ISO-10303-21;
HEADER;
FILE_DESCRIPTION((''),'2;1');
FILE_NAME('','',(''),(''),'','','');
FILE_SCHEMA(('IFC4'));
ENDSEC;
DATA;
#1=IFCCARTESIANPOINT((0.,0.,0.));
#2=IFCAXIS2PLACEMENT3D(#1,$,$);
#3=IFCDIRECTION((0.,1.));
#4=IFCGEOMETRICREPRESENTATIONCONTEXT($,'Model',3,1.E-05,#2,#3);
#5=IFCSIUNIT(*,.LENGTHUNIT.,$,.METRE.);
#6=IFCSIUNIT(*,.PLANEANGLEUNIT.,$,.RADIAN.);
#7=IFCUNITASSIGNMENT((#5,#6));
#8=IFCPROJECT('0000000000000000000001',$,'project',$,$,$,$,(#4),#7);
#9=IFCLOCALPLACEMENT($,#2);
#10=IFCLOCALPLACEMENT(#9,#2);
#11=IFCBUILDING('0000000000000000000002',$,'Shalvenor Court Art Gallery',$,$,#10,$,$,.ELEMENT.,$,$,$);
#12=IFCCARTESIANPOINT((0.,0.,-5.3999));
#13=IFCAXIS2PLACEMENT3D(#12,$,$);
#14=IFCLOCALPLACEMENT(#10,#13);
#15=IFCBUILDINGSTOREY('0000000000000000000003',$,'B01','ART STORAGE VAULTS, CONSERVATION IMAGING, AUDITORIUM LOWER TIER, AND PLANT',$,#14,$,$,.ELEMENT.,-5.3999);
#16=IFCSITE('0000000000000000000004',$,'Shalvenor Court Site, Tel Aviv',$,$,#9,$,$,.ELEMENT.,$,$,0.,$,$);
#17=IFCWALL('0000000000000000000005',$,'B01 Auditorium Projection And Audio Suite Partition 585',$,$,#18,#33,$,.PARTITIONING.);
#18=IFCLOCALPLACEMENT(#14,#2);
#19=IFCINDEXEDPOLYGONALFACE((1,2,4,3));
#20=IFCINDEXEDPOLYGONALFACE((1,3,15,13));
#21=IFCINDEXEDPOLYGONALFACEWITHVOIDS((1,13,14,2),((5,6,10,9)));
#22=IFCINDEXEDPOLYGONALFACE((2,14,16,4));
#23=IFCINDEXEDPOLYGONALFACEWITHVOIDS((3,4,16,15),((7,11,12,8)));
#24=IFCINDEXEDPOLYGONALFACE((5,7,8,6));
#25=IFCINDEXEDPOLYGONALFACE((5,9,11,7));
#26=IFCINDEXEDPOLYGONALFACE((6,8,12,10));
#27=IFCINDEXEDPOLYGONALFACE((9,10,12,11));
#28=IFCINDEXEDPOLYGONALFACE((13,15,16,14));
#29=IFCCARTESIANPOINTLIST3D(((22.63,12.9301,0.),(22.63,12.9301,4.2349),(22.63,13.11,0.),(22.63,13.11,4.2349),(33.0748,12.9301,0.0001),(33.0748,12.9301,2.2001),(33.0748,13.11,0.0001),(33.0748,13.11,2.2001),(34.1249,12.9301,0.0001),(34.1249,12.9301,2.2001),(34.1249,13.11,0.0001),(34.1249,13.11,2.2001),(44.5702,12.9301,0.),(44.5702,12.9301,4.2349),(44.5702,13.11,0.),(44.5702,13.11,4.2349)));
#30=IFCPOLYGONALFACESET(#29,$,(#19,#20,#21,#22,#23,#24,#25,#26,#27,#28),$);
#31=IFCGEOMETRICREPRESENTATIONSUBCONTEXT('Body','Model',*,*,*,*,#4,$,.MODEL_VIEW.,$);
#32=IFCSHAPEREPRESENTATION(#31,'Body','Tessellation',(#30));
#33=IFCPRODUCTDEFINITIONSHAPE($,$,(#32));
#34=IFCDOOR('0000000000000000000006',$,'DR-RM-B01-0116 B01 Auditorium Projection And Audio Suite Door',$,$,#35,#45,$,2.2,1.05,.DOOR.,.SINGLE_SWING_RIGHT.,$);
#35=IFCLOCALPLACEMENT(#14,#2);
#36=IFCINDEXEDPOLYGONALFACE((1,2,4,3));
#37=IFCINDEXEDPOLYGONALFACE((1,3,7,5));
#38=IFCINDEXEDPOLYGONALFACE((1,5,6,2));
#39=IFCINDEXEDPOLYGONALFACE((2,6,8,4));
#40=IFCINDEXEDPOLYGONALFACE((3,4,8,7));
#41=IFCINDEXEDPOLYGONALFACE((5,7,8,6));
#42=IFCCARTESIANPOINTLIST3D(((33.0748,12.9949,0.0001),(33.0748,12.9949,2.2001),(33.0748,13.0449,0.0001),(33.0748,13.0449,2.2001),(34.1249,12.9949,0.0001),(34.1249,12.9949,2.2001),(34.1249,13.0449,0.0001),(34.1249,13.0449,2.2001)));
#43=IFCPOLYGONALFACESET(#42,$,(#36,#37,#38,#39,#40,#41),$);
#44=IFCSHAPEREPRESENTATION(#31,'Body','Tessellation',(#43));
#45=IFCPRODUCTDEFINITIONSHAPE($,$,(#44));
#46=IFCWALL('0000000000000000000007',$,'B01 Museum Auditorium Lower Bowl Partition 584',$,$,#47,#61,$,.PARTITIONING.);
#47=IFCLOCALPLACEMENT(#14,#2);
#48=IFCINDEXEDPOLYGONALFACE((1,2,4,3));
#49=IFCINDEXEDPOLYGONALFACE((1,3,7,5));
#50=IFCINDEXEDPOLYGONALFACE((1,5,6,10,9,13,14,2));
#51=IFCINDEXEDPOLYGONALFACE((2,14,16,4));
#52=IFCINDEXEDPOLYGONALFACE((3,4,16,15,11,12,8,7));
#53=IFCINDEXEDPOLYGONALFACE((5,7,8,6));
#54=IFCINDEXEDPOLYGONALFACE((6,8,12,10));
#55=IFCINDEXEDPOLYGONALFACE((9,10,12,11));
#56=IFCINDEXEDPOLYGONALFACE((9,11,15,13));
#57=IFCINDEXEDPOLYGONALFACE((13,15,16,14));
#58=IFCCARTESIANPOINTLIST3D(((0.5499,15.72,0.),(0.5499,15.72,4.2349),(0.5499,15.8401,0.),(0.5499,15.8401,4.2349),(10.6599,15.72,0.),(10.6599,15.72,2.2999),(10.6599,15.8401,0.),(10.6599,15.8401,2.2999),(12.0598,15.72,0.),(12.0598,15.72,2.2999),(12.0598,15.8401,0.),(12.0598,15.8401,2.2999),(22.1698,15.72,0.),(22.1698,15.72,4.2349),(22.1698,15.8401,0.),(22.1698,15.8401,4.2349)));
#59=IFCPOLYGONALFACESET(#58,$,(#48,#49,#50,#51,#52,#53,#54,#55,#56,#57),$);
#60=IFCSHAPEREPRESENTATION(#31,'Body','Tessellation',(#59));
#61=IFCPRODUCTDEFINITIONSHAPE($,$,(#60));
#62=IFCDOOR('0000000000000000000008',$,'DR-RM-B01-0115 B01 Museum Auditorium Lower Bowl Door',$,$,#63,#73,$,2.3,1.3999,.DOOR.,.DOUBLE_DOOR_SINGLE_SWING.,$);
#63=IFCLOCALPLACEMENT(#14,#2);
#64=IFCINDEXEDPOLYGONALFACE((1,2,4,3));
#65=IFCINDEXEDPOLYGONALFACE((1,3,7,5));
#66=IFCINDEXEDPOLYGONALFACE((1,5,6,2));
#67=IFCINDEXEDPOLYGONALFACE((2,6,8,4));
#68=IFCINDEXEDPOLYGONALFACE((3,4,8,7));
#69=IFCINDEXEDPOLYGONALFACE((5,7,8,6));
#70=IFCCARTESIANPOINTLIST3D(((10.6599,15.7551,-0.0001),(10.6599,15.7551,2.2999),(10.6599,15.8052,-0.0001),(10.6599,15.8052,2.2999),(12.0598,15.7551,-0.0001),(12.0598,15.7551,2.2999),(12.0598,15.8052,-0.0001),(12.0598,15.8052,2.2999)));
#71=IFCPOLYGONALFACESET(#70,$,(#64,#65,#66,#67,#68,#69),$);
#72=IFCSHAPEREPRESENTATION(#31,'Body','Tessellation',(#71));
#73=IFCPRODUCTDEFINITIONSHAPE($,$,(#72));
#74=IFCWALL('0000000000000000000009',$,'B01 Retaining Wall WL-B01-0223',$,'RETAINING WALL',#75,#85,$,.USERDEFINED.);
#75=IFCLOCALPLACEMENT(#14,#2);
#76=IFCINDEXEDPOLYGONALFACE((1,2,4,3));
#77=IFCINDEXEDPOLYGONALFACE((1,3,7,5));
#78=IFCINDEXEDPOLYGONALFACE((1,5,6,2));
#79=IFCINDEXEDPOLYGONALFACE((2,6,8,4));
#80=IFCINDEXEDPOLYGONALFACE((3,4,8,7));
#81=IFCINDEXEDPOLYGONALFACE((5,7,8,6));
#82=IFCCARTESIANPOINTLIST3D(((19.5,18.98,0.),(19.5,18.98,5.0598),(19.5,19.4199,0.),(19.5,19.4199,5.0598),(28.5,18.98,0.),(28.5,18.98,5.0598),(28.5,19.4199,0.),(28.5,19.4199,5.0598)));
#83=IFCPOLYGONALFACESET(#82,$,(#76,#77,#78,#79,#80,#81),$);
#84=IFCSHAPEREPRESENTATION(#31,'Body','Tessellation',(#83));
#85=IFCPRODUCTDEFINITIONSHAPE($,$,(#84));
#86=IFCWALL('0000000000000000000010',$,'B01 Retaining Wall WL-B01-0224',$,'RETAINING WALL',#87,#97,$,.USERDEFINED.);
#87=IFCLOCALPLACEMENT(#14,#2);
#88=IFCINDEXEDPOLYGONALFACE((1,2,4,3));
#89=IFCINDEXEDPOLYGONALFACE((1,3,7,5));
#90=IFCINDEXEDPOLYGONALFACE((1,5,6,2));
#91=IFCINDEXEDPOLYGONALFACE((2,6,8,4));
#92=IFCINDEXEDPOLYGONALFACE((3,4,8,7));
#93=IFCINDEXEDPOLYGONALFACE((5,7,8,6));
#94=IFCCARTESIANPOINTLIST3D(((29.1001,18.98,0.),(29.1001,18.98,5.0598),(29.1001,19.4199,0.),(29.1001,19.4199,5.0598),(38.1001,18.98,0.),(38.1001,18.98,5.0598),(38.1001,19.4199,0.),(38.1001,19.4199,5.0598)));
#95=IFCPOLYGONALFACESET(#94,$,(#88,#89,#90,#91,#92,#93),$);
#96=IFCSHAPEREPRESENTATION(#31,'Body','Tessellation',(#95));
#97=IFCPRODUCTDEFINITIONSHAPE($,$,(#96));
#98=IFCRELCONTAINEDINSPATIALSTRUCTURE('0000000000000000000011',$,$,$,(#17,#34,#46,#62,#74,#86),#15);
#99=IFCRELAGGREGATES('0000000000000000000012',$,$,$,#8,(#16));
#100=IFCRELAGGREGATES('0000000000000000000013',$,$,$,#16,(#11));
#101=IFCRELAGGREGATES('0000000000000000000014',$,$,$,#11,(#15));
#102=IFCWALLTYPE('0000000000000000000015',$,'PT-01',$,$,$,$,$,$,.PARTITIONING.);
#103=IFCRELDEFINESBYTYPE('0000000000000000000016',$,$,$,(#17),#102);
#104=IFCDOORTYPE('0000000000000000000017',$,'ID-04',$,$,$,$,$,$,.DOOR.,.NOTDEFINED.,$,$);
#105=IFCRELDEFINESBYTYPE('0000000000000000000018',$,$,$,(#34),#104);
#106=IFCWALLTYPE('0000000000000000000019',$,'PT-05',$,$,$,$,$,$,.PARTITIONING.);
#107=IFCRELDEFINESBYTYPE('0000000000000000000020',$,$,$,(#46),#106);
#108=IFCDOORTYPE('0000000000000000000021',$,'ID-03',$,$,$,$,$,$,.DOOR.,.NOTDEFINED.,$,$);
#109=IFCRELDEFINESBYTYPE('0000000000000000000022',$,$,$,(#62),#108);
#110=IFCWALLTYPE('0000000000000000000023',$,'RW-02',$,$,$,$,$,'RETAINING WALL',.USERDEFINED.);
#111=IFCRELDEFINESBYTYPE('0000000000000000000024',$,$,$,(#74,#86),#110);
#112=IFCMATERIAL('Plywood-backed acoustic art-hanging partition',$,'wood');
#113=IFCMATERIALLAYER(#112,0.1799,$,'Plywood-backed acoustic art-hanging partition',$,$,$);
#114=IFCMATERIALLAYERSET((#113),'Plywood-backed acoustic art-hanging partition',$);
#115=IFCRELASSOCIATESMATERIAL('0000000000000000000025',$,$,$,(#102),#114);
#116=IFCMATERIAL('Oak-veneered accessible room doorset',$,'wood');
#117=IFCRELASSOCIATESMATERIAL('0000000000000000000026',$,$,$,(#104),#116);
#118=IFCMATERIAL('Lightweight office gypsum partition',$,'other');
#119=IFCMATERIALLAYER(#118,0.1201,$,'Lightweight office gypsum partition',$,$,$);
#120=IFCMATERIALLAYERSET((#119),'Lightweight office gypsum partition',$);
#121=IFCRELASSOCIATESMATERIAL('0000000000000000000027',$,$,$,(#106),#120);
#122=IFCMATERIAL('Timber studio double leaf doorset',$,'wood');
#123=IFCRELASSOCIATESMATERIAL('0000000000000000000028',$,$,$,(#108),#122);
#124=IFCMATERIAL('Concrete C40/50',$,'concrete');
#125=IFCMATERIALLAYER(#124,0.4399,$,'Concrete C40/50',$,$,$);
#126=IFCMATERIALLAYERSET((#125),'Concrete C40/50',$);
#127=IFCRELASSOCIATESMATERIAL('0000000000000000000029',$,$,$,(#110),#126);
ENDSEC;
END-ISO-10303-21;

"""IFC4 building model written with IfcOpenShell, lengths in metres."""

from ifc_helpers import new_model, si_unit, direction, frame, frame_2d, origin, place, context, subcontext, project, spatial, rectangle, extrude, material, layer, layer_set, type_object, element, fill, save


model = new_model("IFC4")

# Units and contexts
model_context = context("Model", 3, precision=1e-05, world=origin(), true_north=direction((0.0, 1.0)))
body_context = subcontext(model_context, "Body", "Model", "MODEL_VIEW")
ifc_project = project(units=[si_unit("LENGTHUNIT", "METRE"), si_unit("PLANEANGLEUNIT", "RADIAN")], contexts=[model_context])

# Site, building, storey
site_placement = place(None, origin())
site = spatial("IfcSite", under=ifc_project, at=site_placement, Name="Shalvenor Court Site, Tel Aviv", CompositionType="ELEMENT", RefElevation=0.0)
building_placement = place(site_placement, origin())
building = spatial("IfcBuilding", under=site, at=building_placement, Name="Shalvenor Court Art Gallery", CompositionType="ELEMENT")
storey_placement = place(building_placement, frame((0.0, 0.0, -5.3999)))
storey = spatial("IfcBuildingStorey", under=building, at=storey_placement, Name="B01", Description="ART STORAGE VAULTS, CONSERVATION IMAGING, AUDITORIUM LOWER TIER, AND PLANT", CompositionType="ELEMENT", Elevation=-5.3999)

# Walls, openings, doors
ifc_material_1 = material(Name="Plywood-backed acoustic art-hanging partition", Category="wood")
ifc_layer_1 = layer(ifc_material_1, 0.1799, Name="Plywood-backed acoustic art-hanging partition")
ifc_layer_set_1 = layer_set([ifc_layer_1], Name="Plywood-backed acoustic art-hanging partition")
wall_type_1 = type_object("IfcWallType", Name="PT-01", PredefinedType="PARTITIONING", material=ifc_layer_set_1)
wall_1_placement = place(storey_placement, frame((22.6299, 13.02, 0.0), z_axis=(0.0, 0.0, 1.0), x_axis=(1.0, 0.0, 0.0)))
wall_1 = element("IfcWall", 1, at=wall_1_placement, inside=storey, type_object=wall_type_1, Name="B01 Auditorium Projection And Audio Suite Partition 585", PredefinedType="PARTITIONING", context=body_context, shape_type="SweptSolid", body=[
    extrude(rectangle(XDim=21.9402, YDim=0.1799, at=frame_2d((10.9702, 0.0))), origin(), (0.0, 0.0, 1.0), 4.2349),
])
opening_1_placement = place(wall_1_placement, frame((10.4451, 0.0, 0.0)))
opening_1 = element("IfcOpeningElement", 2, at=opening_1_placement, cuts=wall_1, PredefinedType="OPENING", context=body_context, shape_type="SweptSolid", body=[
    extrude(rectangle(XDim=1.05, YDim=2.2, at=frame_2d((0.5249, 1.1001))), frame((0.0, 0.0999, 0.0), z_axis=(0.0, -1.0, 0.0), x_axis=(1.0, 0.0, 0.0)), (0.0, 0.0, 1.0), 0.2),
])
ifc_material_2 = material(Name="Oak-veneered accessible room doorset", Category="wood")
door_type_1 = type_object("IfcDoorType", Name="ID-04", OperationType="NOTDEFINED", PredefinedType="DOOR", material=ifc_material_2)
door_1_placement = place(opening_1_placement, origin())
door_1 = element("IfcDoor", 3, at=door_1_placement, inside=storey, type_object=door_type_1, Name="DR-RM-B01-0116 B01 Auditorium Projection And Audio Suite Door", OperationType="SINGLE_SWING_RIGHT", OverallHeight=2.2, OverallWidth=1.05, PredefinedType="DOOR", context=body_context, shape_type="SweptSolid", body=[
    extrude(rectangle(XDim=1.05, YDim=2.2, at=frame_2d((0.5249, 1.1001))), frame((0.0, 0.0249, 0.0), z_axis=(0.0, -1.0, 0.0), x_axis=(1.0, 0.0, 0.0)), (0.0, 0.0, 1.0), 0.05),
])
fill(opening_1, door_1)
ifc_material_3 = material(Name="Lightweight office gypsum partition", Category="other")
ifc_layer_2 = layer(ifc_material_3, 0.1201, Name="Lightweight office gypsum partition")
ifc_layer_set_2 = layer_set([ifc_layer_2], Name="Lightweight office gypsum partition")
wall_type_2 = type_object("IfcWallType", Name="PT-05", PredefinedType="PARTITIONING", material=ifc_layer_set_2)
wall_2_placement = place(storey_placement, frame((22.1699, 15.78, 0.0), z_axis=(0.0, 0.0, 1.0), x_axis=(-1.0, 0.0, 0.0)))
wall_2 = element("IfcWall", 4, at=wall_2_placement, inside=storey, type_object=wall_type_2, Name="B01 Museum Auditorium Lower Bowl Partition 584", PredefinedType="PARTITIONING", context=body_context, shape_type="SweptSolid", body=[
    extrude(rectangle(XDim=21.6199, YDim=0.1201, at=frame_2d((10.8101, 0.0))), origin(), (0.0, 0.0, 1.0), 4.2349),
])
opening_2_placement = place(wall_2_placement, frame((10.1101, 0.0, 0.0)))
opening_2 = element("IfcOpeningElement", 5, at=opening_2_placement, cuts=wall_2, PredefinedType="OPENING", context=body_context, shape_type="SweptSolid", body=[
    extrude(rectangle(XDim=1.3999, YDim=2.3, at=frame_2d((0.7, 1.1499))), frame((0.0, 0.0701, 0.0), z_axis=(0.0, -1.0, 0.0), x_axis=(1.0, 0.0, 0.0)), (0.0, 0.0, 1.0), 0.1401),
])
ifc_material_4 = material(Name="Timber studio double leaf doorset", Category="wood")
door_type_2 = type_object("IfcDoorType", Name="ID-03", OperationType="NOTDEFINED", PredefinedType="DOOR", material=ifc_material_4)
door_2_placement = place(opening_2_placement, origin())
door_2 = element("IfcDoor", 6, at=door_2_placement, inside=storey, type_object=door_type_2, Name="DR-RM-B01-0115 B01 Museum Auditorium Lower Bowl Door", OperationType="DOUBLE_DOOR_SINGLE_SWING", OverallHeight=2.3, OverallWidth=1.3999, PredefinedType="DOOR", context=body_context, shape_type="SweptSolid", body=[
    extrude(rectangle(XDim=1.3999, YDim=2.3, at=frame_2d((0.7, 1.1499))), frame((0.0, 0.0249, 0.0), z_axis=(0.0, -1.0, 0.0), x_axis=(1.0, 0.0, 0.0)), (0.0, 0.0, 1.0), 0.05),
])
fill(opening_2, door_2)

# Walls
ifc_material_5 = material(Name="Concrete C40/50", Category="concrete")
ifc_layer_3 = layer(ifc_material_5, 0.4399, Name="Concrete C40/50")
ifc_layer_set_3 = layer_set([ifc_layer_3], Name="Concrete C40/50")
wall_type_3 = type_object("IfcWallType", Name="RW-02", ElementType="RETAINING WALL", PredefinedType="USERDEFINED", material=ifc_layer_set_3)
for number, where, z_axis, x_axis, name in (
    (7, (19.5, 19.2, 0.0), (0.0, 0.0, 1.0), (1.0, 0.0, 0.0), "B01 Retaining Wall WL-B01-0223"),
    (8, (29.1001, 19.2, 0.0), (0.0, 0.0, 1.0), (1.0, 0.0, 0.0), "B01 Retaining Wall WL-B01-0224"),
):
    element("IfcWall", number, at=place(storey_placement, frame(where, z_axis=z_axis, x_axis=x_axis)), inside=storey, type_object=wall_type_3, Name=name, ObjectType="RETAINING WALL", PredefinedType="USERDEFINED", context=body_context, shape_type="SweptSolid", body=[
        extrude(rectangle(XDim=9.0, YDim=0.4399, at=frame_2d((4.5, 0.0))), origin(), (0.0, 0.0, 1.0), 5.0598),
    ])

save(model, "model.ifc")
